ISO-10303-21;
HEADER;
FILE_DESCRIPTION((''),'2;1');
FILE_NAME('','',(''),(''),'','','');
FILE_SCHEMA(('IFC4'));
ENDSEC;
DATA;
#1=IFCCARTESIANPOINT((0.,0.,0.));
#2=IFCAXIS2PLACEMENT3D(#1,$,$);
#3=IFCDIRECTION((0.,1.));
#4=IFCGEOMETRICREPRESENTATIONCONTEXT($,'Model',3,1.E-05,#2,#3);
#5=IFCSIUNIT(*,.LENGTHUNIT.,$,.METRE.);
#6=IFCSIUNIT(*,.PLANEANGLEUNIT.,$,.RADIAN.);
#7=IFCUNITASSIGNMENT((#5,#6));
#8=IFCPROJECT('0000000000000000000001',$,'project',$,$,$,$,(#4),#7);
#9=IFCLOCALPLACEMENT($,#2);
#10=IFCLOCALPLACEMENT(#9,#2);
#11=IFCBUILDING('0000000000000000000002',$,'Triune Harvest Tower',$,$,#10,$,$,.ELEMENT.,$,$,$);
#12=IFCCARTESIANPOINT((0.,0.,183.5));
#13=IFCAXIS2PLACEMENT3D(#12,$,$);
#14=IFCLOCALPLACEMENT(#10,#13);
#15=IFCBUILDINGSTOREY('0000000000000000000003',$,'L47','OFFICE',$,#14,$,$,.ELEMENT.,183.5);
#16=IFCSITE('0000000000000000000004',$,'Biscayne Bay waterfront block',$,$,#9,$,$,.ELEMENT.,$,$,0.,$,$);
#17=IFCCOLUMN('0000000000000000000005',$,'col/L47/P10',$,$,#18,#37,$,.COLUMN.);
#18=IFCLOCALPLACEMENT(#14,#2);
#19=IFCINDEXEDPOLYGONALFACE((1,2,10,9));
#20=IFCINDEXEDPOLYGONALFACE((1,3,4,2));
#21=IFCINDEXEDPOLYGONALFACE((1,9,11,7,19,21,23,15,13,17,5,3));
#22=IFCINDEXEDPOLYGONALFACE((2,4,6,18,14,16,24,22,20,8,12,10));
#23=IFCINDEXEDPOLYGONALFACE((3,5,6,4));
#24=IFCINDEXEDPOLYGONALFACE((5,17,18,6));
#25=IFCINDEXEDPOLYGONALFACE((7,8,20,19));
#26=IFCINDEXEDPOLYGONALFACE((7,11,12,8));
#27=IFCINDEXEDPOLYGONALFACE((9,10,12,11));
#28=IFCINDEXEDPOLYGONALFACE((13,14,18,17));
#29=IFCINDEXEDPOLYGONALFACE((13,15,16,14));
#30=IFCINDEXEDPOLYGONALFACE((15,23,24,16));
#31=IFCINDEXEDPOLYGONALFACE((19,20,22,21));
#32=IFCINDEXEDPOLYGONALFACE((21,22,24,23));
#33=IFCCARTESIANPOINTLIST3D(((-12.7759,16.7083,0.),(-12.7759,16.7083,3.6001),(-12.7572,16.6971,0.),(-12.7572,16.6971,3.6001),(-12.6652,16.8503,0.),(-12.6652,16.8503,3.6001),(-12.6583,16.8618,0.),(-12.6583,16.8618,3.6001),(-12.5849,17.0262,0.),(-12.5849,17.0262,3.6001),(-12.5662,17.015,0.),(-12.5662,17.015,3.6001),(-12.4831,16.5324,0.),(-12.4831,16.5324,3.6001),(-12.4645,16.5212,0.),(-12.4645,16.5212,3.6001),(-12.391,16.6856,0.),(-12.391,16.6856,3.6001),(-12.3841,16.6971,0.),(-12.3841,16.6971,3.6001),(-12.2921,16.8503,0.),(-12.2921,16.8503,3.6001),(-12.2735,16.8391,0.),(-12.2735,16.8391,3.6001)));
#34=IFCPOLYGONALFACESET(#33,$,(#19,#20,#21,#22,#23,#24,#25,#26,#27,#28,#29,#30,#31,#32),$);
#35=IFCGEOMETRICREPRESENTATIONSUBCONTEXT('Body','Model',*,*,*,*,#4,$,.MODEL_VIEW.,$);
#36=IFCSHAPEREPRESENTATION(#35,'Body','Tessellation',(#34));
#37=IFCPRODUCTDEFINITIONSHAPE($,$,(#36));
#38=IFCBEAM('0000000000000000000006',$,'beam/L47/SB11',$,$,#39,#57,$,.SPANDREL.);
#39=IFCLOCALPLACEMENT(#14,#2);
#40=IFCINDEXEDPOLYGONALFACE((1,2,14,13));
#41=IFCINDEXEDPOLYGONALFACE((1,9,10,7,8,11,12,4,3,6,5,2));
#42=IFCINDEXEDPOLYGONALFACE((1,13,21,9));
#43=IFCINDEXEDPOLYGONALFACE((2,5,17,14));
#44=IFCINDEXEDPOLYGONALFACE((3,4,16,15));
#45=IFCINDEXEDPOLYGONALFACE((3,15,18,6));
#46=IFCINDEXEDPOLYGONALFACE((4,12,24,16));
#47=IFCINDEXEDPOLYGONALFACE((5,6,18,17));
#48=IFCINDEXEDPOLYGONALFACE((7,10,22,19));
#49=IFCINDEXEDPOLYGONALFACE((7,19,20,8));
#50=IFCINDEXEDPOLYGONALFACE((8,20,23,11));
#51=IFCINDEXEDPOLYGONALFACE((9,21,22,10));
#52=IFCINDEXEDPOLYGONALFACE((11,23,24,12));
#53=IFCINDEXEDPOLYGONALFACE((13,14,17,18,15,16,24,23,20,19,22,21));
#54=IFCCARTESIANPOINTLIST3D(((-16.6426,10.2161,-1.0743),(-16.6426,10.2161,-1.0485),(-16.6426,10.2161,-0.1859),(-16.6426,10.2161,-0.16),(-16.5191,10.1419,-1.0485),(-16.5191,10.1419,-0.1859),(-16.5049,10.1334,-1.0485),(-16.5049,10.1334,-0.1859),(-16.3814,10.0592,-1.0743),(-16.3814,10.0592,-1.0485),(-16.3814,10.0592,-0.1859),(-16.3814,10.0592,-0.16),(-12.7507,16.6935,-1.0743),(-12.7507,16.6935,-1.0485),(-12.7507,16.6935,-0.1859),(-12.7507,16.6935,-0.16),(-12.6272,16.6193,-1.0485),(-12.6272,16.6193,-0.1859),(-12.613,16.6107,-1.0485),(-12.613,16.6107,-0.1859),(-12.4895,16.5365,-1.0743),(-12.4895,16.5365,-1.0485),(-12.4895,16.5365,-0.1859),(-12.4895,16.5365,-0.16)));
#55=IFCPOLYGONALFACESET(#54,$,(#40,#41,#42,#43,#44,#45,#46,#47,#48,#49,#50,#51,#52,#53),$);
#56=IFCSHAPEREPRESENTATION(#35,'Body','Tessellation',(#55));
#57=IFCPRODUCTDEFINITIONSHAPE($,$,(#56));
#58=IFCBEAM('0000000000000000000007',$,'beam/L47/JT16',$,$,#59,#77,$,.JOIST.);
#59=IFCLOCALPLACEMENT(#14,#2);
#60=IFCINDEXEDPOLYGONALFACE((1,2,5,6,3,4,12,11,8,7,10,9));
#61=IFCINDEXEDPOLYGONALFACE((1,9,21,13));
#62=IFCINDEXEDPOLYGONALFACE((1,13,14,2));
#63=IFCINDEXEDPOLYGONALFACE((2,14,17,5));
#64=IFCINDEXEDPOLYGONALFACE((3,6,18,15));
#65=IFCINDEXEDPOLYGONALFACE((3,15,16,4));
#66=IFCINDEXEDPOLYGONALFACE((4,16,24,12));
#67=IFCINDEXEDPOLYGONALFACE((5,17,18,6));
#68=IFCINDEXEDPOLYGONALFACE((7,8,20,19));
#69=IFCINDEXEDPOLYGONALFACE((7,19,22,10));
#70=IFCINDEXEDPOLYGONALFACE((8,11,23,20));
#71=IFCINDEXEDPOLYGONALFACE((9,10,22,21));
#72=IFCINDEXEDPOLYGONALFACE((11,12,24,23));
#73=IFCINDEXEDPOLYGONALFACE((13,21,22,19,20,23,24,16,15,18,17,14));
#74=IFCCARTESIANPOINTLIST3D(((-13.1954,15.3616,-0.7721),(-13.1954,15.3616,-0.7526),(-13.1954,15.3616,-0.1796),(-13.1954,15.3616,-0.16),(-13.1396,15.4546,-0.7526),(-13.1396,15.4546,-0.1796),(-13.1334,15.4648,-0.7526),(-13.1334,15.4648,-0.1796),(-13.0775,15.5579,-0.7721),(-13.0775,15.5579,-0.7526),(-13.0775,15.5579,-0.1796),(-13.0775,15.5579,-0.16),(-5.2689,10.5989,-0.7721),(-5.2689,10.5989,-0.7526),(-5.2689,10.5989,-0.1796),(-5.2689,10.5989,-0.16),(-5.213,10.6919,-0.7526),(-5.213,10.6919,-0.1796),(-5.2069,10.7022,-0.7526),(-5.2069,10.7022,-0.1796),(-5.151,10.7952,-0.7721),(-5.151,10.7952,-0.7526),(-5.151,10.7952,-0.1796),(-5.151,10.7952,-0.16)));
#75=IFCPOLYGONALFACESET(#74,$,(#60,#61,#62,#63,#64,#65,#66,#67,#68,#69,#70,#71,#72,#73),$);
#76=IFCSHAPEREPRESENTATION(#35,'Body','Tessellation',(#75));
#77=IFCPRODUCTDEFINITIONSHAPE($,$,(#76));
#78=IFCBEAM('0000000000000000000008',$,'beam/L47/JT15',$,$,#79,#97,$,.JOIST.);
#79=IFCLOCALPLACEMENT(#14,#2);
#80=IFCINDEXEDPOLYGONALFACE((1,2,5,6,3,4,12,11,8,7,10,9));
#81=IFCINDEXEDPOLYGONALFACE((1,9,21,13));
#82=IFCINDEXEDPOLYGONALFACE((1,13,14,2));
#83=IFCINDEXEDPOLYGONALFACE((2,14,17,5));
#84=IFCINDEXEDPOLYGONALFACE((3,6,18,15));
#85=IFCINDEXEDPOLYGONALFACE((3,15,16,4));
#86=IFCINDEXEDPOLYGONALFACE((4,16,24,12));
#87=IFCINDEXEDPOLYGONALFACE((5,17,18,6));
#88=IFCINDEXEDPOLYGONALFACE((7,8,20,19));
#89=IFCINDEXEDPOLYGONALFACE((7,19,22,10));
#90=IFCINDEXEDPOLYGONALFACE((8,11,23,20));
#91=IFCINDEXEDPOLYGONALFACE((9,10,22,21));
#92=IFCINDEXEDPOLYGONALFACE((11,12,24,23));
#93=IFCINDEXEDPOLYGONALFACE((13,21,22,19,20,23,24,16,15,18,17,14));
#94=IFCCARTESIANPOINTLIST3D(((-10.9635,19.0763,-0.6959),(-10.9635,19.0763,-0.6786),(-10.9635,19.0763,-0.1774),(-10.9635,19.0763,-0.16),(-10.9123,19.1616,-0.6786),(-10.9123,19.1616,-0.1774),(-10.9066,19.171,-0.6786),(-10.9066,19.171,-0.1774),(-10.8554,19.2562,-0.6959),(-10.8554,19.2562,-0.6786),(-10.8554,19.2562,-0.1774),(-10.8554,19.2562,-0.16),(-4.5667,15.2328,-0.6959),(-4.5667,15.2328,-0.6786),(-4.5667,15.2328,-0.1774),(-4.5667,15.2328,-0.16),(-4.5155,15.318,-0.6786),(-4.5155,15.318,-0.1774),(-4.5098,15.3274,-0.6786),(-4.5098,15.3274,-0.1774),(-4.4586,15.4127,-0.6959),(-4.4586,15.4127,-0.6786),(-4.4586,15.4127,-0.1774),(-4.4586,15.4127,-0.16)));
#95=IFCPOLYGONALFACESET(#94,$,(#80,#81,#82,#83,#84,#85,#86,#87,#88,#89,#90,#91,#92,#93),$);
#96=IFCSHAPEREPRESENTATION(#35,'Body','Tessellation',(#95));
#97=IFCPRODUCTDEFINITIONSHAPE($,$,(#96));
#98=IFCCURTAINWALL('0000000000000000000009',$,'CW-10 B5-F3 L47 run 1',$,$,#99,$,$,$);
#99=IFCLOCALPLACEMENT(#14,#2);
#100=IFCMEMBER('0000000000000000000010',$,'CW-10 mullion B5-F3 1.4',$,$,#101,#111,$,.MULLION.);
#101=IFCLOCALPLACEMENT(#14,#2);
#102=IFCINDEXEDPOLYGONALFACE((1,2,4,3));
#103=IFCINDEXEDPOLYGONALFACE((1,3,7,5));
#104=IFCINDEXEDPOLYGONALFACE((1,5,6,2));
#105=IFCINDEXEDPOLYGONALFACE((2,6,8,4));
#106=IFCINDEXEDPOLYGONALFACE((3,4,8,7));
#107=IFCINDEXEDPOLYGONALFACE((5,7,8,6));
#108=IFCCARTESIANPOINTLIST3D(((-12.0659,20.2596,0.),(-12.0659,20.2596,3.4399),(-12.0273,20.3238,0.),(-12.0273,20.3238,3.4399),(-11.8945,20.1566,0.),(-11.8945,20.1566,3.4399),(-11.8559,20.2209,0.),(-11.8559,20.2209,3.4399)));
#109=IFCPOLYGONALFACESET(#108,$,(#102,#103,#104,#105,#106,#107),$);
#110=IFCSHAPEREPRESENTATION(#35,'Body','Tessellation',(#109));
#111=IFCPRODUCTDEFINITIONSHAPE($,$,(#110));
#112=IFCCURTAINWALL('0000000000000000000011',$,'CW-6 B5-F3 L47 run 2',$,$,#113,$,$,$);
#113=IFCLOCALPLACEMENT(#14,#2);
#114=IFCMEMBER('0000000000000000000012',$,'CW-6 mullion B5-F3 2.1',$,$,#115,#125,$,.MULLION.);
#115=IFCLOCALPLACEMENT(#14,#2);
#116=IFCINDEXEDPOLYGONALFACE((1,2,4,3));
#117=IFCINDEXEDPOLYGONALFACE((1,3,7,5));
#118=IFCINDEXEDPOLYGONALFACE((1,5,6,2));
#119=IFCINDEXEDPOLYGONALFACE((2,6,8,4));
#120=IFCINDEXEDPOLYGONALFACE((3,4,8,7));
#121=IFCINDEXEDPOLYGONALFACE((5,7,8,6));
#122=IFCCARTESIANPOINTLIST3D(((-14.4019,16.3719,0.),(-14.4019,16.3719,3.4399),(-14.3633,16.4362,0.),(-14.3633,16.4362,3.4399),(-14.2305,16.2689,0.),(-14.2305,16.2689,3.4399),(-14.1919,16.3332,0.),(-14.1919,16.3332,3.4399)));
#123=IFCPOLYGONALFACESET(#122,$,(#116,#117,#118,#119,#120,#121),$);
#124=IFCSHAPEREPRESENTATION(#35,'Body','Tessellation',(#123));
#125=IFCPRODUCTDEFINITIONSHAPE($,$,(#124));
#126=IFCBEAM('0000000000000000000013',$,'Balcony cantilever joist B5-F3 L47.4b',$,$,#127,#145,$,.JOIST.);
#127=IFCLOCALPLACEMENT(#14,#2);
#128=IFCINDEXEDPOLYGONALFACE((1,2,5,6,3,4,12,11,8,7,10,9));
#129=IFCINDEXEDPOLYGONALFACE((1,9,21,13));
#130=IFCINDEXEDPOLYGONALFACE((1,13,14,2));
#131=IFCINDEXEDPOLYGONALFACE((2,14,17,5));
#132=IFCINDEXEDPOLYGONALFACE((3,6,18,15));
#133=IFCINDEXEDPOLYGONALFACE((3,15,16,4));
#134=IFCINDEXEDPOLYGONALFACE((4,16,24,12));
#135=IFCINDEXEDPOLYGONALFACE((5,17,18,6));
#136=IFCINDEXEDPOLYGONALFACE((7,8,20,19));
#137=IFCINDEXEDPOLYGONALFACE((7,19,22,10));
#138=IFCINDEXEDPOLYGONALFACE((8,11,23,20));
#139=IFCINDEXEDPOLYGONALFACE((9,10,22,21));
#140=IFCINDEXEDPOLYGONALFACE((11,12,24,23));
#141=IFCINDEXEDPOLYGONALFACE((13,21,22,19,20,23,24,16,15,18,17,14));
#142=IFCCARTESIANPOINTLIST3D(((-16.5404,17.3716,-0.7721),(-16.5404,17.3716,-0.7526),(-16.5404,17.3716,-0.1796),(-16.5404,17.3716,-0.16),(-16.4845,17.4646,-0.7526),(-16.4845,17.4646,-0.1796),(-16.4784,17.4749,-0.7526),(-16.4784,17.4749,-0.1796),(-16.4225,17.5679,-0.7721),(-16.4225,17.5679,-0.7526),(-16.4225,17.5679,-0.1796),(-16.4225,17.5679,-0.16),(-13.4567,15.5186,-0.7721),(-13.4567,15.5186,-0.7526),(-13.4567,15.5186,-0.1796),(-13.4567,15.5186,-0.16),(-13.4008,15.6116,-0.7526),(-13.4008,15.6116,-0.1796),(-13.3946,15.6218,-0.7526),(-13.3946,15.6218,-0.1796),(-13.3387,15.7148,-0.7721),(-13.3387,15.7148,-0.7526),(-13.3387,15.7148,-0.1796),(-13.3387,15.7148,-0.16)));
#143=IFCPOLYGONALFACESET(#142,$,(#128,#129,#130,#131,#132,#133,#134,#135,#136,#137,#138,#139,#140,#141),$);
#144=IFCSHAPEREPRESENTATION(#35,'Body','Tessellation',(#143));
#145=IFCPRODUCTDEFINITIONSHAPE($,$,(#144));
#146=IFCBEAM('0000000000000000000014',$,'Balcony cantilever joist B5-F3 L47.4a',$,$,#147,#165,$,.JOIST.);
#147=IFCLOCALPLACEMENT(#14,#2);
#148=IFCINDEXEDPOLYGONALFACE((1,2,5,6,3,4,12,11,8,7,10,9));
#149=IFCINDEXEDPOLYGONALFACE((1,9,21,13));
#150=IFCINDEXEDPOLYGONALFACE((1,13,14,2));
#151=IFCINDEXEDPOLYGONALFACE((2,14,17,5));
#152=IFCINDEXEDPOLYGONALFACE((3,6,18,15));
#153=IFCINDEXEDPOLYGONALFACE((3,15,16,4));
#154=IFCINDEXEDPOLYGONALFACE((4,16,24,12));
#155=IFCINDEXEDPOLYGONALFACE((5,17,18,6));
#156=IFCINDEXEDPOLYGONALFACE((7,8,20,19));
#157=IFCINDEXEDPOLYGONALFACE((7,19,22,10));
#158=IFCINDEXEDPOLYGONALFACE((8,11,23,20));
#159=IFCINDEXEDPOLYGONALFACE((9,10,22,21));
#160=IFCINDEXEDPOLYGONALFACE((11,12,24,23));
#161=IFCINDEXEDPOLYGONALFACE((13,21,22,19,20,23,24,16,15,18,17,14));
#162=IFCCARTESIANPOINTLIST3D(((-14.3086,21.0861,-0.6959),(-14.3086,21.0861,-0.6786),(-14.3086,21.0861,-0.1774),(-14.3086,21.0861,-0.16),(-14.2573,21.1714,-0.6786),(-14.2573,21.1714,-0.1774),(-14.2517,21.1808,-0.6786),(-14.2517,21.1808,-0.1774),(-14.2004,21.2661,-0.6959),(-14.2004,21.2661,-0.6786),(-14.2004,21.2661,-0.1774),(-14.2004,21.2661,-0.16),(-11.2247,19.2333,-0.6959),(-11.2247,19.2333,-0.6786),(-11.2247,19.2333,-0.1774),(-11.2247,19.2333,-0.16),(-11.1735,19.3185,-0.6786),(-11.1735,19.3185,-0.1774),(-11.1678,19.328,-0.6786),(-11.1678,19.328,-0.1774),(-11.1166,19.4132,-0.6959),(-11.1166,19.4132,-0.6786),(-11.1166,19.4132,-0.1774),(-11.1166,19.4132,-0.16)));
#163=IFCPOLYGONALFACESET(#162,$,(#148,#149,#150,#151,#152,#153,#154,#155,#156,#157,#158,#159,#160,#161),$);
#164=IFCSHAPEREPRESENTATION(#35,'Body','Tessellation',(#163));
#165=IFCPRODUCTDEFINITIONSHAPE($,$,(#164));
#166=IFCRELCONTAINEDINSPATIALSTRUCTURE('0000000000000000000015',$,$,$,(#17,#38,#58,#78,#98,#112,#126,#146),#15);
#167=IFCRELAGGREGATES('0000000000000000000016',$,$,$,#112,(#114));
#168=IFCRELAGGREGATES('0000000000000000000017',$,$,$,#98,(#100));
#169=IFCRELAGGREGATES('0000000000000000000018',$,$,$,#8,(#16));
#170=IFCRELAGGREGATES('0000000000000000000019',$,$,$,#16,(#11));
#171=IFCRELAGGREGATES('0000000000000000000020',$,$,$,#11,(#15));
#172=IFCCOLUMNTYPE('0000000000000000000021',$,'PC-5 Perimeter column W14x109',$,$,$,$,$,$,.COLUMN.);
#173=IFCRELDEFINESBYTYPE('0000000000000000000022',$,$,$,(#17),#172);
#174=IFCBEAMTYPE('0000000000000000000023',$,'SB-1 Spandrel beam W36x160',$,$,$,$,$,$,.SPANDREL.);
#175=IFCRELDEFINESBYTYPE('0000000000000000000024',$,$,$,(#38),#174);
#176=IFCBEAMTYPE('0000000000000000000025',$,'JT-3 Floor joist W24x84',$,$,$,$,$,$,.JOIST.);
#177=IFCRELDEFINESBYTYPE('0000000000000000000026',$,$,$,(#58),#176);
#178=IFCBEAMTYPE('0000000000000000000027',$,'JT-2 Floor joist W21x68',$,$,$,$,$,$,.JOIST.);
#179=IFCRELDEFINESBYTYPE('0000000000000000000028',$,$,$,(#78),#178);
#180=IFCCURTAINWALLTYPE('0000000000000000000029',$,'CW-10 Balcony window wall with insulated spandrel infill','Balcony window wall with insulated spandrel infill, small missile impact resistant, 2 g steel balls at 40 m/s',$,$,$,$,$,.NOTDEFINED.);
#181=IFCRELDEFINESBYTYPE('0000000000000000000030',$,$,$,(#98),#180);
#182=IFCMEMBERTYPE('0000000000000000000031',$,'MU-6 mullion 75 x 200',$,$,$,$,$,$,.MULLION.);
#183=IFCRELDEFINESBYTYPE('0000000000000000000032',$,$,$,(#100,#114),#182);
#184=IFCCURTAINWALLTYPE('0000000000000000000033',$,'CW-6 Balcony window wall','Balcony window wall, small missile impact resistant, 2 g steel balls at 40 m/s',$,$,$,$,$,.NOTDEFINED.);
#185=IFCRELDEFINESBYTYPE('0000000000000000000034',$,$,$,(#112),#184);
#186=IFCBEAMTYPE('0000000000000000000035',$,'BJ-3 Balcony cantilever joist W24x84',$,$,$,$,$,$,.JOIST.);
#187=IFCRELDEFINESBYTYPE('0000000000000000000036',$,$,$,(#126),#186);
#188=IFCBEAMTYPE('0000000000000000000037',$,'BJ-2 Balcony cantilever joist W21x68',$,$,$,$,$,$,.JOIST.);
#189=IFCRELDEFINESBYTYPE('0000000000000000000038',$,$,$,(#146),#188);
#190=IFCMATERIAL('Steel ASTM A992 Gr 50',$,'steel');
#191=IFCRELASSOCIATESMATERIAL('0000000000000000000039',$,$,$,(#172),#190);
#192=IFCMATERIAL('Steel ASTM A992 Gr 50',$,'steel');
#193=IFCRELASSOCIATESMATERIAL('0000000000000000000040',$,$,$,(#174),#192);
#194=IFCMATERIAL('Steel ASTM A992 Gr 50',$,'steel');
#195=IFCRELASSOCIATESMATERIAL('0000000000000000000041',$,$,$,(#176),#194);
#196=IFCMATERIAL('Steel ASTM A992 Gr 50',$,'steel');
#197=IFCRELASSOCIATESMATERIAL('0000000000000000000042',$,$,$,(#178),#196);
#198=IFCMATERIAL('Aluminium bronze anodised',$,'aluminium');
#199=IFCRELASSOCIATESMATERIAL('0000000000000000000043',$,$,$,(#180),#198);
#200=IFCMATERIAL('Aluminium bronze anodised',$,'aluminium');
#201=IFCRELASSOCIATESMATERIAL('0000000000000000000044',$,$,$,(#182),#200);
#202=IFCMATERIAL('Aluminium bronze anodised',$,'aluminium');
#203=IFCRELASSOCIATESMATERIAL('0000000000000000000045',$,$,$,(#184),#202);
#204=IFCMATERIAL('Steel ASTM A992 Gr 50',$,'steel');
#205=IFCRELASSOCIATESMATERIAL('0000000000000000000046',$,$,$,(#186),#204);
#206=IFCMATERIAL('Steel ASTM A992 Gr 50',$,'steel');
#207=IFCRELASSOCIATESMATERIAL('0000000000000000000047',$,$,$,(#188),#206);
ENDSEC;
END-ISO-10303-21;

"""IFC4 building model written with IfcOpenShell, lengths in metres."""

from ifc_helpers import new_model, si_unit, direction, frame, origin, origin_2d, place, context, subcontext, project, spatial, rectangle, i_section, extrude, source, transform, mapped, material, material_profile, profile_set, type_object, element, aggregate, save


model = new_model("IFC4")

# Units and contexts
model_context = context("Model", 3, precision=1e-05, world=origin(), true_north=direction((0.0, 1.0)))
body_context = subcontext(model_context, "Body", "Model", "MODEL_VIEW")
ifc_project = project(units=[si_unit("LENGTHUNIT", "METRE"), si_unit("PLANEANGLEUNIT", "RADIAN")], contexts=[model_context])

# Site, building, storey
site_placement = place(None, origin())
site = spatial("IfcSite", under=ifc_project, at=site_placement, Name="Biscayne Bay waterfront block", CompositionType="ELEMENT", RefElevation=0.0)
building_placement = place(site_placement, origin())
building = spatial("IfcBuilding", under=site, at=building_placement, Name="Triune Harvest Tower", CompositionType="ELEMENT")
storey_placement = place(building_placement, frame((0.0, 0.0, 183.5)))
storey = spatial("IfcBuildingStorey", under=building, at=storey_placement, Name="L47", Description="OFFICE", CompositionType="ELEMENT", Elevation=183.5)

# Column
ifc_material_1 = material(Name="Steel ASTM A992 Gr 50", Category="steel")
ifc_material_profile_1 = material_profile(ifc_material_1, i_section(OverallWidth=0.3708, OverallDepth=0.3633, WebThickness=0.0134, FlangeThickness=0.0217, at=origin_2d()), Name="W14x109")
ifc_profile_set_1 = profile_set([ifc_material_profile_1], Name="Steel ASTM A992 Gr 50")
column_type = type_object("IfcColumnType", Name="PC-5 Perimeter column W14x109", PredefinedType="COLUMN", material=ifc_profile_set_1)
shared_shape_1 = source(origin(), body_context, "Body", "SweptSolid", [
    extrude(i_section(OverallWidth=0.3708, OverallDepth=0.3633, WebThickness=0.0134, FlangeThickness=0.0217, at=origin_2d()), origin(), (0.0, 0.0, 1.0), 3.6001),
])
column_placement = place(storey_placement, frame((-12.5247, 16.7737, 0.0), z_axis=(0.0, 0.0, 1.0), x_axis=(-0.515037, -0.857168, 0.0)))
element("IfcColumn", 1, at=column_placement, inside=storey, type_object=column_type, Name="col/L47/P10", PredefinedType="COLUMN", context=body_context, shape_type="MappedRepresentation", body=[
    mapped(shared_shape_1, transform((0.0, 0.0, 0.0), scale=1.0)),
])

# Beams
ifc_material_2 = material(Name="Steel ASTM A992 Gr 50", Category="steel")
ifc_material_profile_2 = material_profile(ifc_material_2, i_section(OverallWidth=0.3047, OverallDepth=0.9143, WebThickness=0.0166, FlangeThickness=0.0259, at=origin_2d()), Name="W36x160")
ifc_profile_set_2 = profile_set([ifc_material_profile_2], Name="Steel ASTM A992 Gr 50")
beam_type_1 = type_object("IfcBeamType", Name="SB-1 Spandrel beam W36x160", PredefinedType="SPANDREL", material=ifc_profile_set_2)
shared_shape_2 = source(origin(), body_context, "Body", "SweptSolid", [
    extrude(i_section(OverallWidth=0.3047, OverallDepth=0.9143, WebThickness=0.0166, FlangeThickness=0.0259, at=origin_2d()), origin(), (0.0, 0.0, 1.0), 7.5566),
])
beam_1_placement = place(storey_placement, frame((-12.6201, 16.615, -0.6172), z_axis=(-0.515028, -0.857173, 0.0), x_axis=(0.857173, -0.515028, 0.0)))
element("IfcBeam", 2, at=beam_1_placement, inside=storey, type_object=beam_type_1, Name="beam/L47/SB11", PredefinedType="SPANDREL", context=body_context, shape_type="MappedRepresentation", body=[
    mapped(shared_shape_2, transform((0.0, 0.0, 0.0), scale=1.0)),
])
ifc_material_3 = material(Name="Steel ASTM A992 Gr 50", Category="steel")
ifc_material_profile_3 = material_profile(ifc_material_3, i_section(OverallWidth=0.229, OverallDepth=0.6121, WebThickness=0.012, FlangeThickness=0.0195, at=origin_2d()), Name="W24x84")
ifc_profile_set_3 = profile_set([ifc_material_profile_3], Name="Steel ASTM A992 Gr 50")
beam_type_2 = type_object("IfcBeamType", Name="JT-3 Floor joist W24x84", PredefinedType="JOIST", material=ifc_profile_set_3)
shared_shape_3 = source(origin(), body_context, "Body", "SweptSolid", [
    extrude(i_section(OverallWidth=0.229, OverallDepth=0.6121, WebThickness=0.012, FlangeThickness=0.0195, at=origin_2d()), origin(), (0.0, 0.0, 1.0), 9.2473),
])
beam_2_placement = place(storey_placement, frame((-13.1365, 15.4597, -0.4661), z_axis=(0.857169, -0.515035, 0.0), x_axis=(0.515035, 0.857169, 0.0)))
element("IfcBeam", 3, at=beam_2_placement, inside=storey, type_object=beam_type_2, Name="beam/L47/JT16", PredefinedType="JOIST", context=body_context, shape_type="MappedRepresentation", body=[
    mapped(shared_shape_3, transform((0.0, 0.0, 0.0), scale=1.0)),
])
ifc_material_4 = material(Name="Steel ASTM A992 Gr 50", Category="steel")
ifc_material_profile_4 = material_profile(ifc_material_4, i_section(OverallWidth=0.21, OverallDepth=0.5359, WebThickness=0.011, FlangeThickness=0.0173, at=origin_2d()), Name="W21x68")
ifc_profile_set_4 = profile_set([ifc_material_profile_4], Name="Steel ASTM A992 Gr 50")
beam_type_3 = type_object("IfcBeamType", Name="JT-2 Floor joist W21x68", PredefinedType="JOIST", material=ifc_profile_set_4)
shared_shape_4 = source(origin(), body_context, "Body", "SweptSolid", [
    extrude(i_section(OverallWidth=0.21, OverallDepth=0.5359, WebThickness=0.011, FlangeThickness=0.0173, at=origin_2d()), origin(), (0.0, 0.0, 1.0), 7.4626),
])
beam_3_placement = place(storey_placement, frame((-10.9094, 19.1663, -0.428), z_axis=(0.857169, -0.515034, 0.0), x_axis=(0.515034, 0.857169, 0.0)))
element("IfcBeam", 4, at=beam_3_placement, inside=storey, type_object=beam_type_3, Name="beam/L47/JT15", PredefinedType="JOIST", context=body_context, shape_type="MappedRepresentation", body=[
    mapped(shared_shape_4, transform((0.0, 0.0, 0.0), scale=1.0)),
])

# Curtain walls, members
ifc_material_5 = material(Name="Aluminium bronze anodised", Category="aluminium")
curtain_wall_type_1 = type_object("IfcCurtainWallType", Name="CW-10 Balcony window wall with insulated spandrel infill", Description="Balcony window wall with insulated spandrel infill, small missile impact resistant, 2 g steel balls at 40 m/s", PredefinedType="NOTDEFINED", material=ifc_material_5)
curtain_wall_1_placement = place(storey_placement, origin())
curtain_wall_1 = element("IfcCurtainWall", 5, at=curtain_wall_1_placement, inside=storey, type_object=curtain_wall_type_1, Name="CW-10 B5-F3 L47 run 1")
ifc_material_6 = material(Name="Aluminium bronze anodised", Category="aluminium")
ifc_material_profile_5 = material_profile(ifc_material_6, rectangle(XDim=0.2, YDim=0.075, at=origin_2d()), Name="MU-6 mullion 75 x 200")
ifc_profile_set_5 = profile_set([ifc_material_profile_5], Name="Aluminium bronze anodised")
member_type_1 = type_object("IfcMemberType", Name="MU-6 mullion 75 x 200", PredefinedType="MULLION", material=ifc_profile_set_5)
shared_shape_5 = source(origin(), body_context, "Body", "SweptSolid", [
    extrude(rectangle(XDim=0.2, YDim=0.075, at=origin_2d()), origin(), (0.0, 0.0, 1.0), 3.4399),
])
member_1_placement = place(storey_placement, frame((-11.9609, 20.2402, 0.0), z_axis=(0.0, 0.0, 1.0), x_axis=(0.857168, -0.515037, 0.0)))
member_1 = element("IfcMember", 6, at=member_1_placement, type_object=member_type_1, Name="CW-10 mullion B5-F3 1.4", PredefinedType="MULLION", context=body_context, shape_type="MappedRepresentation", body=[
    mapped(shared_shape_5, transform((0.0, 0.0, 0.0), scale=1.0)),
])
ifc_material_7 = material(Name="Aluminium bronze anodised", Category="aluminium")
curtain_wall_type_2 = type_object("IfcCurtainWallType", Name="CW-6 Balcony window wall", Description="Balcony window wall, small missile impact resistant, 2 g steel balls at 40 m/s", PredefinedType="NOTDEFINED", material=ifc_material_7)
curtain_wall_2_placement = place(storey_placement, origin())
curtain_wall_2 = element("IfcCurtainWall", 7, at=curtain_wall_2_placement, inside=storey, type_object=curtain_wall_type_2, Name="CW-6 B5-F3 L47 run 2")
member_2_placement = place(storey_placement, frame((-14.2969, 16.3525, 0.0), z_axis=(0.0, 0.0, 1.0), x_axis=(0.857168, -0.515037, 0.0)))
member_2 = element("IfcMember", 8, at=member_2_placement, type_object=member_type_1, Name="CW-6 mullion B5-F3 2.1", PredefinedType="MULLION", context=body_context, shape_type="MappedRepresentation", body=[
    mapped(shared_shape_5, transform((0.0, 0.0, 0.0), scale=1.0)),
])

# Beams
ifc_material_8 = material(Name="Steel ASTM A992 Gr 50", Category="steel")
ifc_material_profile_6 = material_profile(ifc_material_8, i_section(OverallWidth=0.229, OverallDepth=0.6121, WebThickness=0.012, FlangeThickness=0.0195, at=origin_2d()), Name="W24x84")
ifc_profile_set_6 = profile_set([ifc_material_profile_6], Name="Steel ASTM A992 Gr 50")
beam_type_4 = type_object("IfcBeamType", Name="BJ-3 Balcony cantilever joist W24x84", PredefinedType="JOIST", material=ifc_profile_set_6)
shared_shape_6 = source(origin(), body_context, "Body", "SweptSolid", [
    extrude(i_section(OverallWidth=0.229, OverallDepth=0.6121, WebThickness=0.012, FlangeThickness=0.0195, at=origin_2d()), origin(), (0.0, 0.0, 1.0), 3.5977),
])
beam_4_placement = place(storey_placement, frame((-13.3977, 15.6167, -0.4661), z_axis=(-0.857151, 0.515064, 0.0), x_axis=(-0.515064, -0.857151, 0.0)))
element("IfcBeam", 9, at=beam_4_placement, inside=storey, type_object=beam_type_4, Name="Balcony cantilever joist B5-F3 L47.4b", PredefinedType="JOIST", context=body_context, shape_type="MappedRepresentation", body=[
    mapped(shared_shape_6, transform((0.0, 0.0, 0.0), scale=1.0)),
])
ifc_material_9 = material(Name="Steel ASTM A992 Gr 50", Category="steel")
ifc_material_profile_7 = material_profile(ifc_material_9, i_section(OverallWidth=0.21, OverallDepth=0.5359, WebThickness=0.011, FlangeThickness=0.0173, at=origin_2d()), Name="W21x68")
ifc_profile_set_7 = profile_set([ifc_material_profile_7], Name="Steel ASTM A992 Gr 50")
beam_type_5 = type_object("IfcBeamType", Name="BJ-2 Balcony cantilever joist W21x68", PredefinedType="JOIST", material=ifc_profile_set_7)
shared_shape_7 = source(origin(), body_context, "Body", "SweptSolid", [
    extrude(i_section(OverallWidth=0.21, OverallDepth=0.5359, WebThickness=0.011, FlangeThickness=0.0173, at=origin_2d()), origin(), (0.0, 0.0, 1.0), 3.5977),
])
beam_5_placement = place(storey_placement, frame((-11.1707, 19.3232, -0.428), z_axis=(-0.857181, 0.515015, 0.0), x_axis=(-0.515015, -0.857181, 0.0)))
element("IfcBeam", 10, at=beam_5_placement, inside=storey, type_object=beam_type_5, Name="Balcony cantilever joist B5-F3 L47.4a", PredefinedType="JOIST", context=body_context, shape_type="MappedRepresentation", body=[
    mapped(shared_shape_7, transform((0.0, 0.0, 0.0), scale=1.0)),
])

aggregate(curtain_wall_2, [member_2])

aggregate(curtain_wall_1, [member_1])

save(model, "model.ifc")
